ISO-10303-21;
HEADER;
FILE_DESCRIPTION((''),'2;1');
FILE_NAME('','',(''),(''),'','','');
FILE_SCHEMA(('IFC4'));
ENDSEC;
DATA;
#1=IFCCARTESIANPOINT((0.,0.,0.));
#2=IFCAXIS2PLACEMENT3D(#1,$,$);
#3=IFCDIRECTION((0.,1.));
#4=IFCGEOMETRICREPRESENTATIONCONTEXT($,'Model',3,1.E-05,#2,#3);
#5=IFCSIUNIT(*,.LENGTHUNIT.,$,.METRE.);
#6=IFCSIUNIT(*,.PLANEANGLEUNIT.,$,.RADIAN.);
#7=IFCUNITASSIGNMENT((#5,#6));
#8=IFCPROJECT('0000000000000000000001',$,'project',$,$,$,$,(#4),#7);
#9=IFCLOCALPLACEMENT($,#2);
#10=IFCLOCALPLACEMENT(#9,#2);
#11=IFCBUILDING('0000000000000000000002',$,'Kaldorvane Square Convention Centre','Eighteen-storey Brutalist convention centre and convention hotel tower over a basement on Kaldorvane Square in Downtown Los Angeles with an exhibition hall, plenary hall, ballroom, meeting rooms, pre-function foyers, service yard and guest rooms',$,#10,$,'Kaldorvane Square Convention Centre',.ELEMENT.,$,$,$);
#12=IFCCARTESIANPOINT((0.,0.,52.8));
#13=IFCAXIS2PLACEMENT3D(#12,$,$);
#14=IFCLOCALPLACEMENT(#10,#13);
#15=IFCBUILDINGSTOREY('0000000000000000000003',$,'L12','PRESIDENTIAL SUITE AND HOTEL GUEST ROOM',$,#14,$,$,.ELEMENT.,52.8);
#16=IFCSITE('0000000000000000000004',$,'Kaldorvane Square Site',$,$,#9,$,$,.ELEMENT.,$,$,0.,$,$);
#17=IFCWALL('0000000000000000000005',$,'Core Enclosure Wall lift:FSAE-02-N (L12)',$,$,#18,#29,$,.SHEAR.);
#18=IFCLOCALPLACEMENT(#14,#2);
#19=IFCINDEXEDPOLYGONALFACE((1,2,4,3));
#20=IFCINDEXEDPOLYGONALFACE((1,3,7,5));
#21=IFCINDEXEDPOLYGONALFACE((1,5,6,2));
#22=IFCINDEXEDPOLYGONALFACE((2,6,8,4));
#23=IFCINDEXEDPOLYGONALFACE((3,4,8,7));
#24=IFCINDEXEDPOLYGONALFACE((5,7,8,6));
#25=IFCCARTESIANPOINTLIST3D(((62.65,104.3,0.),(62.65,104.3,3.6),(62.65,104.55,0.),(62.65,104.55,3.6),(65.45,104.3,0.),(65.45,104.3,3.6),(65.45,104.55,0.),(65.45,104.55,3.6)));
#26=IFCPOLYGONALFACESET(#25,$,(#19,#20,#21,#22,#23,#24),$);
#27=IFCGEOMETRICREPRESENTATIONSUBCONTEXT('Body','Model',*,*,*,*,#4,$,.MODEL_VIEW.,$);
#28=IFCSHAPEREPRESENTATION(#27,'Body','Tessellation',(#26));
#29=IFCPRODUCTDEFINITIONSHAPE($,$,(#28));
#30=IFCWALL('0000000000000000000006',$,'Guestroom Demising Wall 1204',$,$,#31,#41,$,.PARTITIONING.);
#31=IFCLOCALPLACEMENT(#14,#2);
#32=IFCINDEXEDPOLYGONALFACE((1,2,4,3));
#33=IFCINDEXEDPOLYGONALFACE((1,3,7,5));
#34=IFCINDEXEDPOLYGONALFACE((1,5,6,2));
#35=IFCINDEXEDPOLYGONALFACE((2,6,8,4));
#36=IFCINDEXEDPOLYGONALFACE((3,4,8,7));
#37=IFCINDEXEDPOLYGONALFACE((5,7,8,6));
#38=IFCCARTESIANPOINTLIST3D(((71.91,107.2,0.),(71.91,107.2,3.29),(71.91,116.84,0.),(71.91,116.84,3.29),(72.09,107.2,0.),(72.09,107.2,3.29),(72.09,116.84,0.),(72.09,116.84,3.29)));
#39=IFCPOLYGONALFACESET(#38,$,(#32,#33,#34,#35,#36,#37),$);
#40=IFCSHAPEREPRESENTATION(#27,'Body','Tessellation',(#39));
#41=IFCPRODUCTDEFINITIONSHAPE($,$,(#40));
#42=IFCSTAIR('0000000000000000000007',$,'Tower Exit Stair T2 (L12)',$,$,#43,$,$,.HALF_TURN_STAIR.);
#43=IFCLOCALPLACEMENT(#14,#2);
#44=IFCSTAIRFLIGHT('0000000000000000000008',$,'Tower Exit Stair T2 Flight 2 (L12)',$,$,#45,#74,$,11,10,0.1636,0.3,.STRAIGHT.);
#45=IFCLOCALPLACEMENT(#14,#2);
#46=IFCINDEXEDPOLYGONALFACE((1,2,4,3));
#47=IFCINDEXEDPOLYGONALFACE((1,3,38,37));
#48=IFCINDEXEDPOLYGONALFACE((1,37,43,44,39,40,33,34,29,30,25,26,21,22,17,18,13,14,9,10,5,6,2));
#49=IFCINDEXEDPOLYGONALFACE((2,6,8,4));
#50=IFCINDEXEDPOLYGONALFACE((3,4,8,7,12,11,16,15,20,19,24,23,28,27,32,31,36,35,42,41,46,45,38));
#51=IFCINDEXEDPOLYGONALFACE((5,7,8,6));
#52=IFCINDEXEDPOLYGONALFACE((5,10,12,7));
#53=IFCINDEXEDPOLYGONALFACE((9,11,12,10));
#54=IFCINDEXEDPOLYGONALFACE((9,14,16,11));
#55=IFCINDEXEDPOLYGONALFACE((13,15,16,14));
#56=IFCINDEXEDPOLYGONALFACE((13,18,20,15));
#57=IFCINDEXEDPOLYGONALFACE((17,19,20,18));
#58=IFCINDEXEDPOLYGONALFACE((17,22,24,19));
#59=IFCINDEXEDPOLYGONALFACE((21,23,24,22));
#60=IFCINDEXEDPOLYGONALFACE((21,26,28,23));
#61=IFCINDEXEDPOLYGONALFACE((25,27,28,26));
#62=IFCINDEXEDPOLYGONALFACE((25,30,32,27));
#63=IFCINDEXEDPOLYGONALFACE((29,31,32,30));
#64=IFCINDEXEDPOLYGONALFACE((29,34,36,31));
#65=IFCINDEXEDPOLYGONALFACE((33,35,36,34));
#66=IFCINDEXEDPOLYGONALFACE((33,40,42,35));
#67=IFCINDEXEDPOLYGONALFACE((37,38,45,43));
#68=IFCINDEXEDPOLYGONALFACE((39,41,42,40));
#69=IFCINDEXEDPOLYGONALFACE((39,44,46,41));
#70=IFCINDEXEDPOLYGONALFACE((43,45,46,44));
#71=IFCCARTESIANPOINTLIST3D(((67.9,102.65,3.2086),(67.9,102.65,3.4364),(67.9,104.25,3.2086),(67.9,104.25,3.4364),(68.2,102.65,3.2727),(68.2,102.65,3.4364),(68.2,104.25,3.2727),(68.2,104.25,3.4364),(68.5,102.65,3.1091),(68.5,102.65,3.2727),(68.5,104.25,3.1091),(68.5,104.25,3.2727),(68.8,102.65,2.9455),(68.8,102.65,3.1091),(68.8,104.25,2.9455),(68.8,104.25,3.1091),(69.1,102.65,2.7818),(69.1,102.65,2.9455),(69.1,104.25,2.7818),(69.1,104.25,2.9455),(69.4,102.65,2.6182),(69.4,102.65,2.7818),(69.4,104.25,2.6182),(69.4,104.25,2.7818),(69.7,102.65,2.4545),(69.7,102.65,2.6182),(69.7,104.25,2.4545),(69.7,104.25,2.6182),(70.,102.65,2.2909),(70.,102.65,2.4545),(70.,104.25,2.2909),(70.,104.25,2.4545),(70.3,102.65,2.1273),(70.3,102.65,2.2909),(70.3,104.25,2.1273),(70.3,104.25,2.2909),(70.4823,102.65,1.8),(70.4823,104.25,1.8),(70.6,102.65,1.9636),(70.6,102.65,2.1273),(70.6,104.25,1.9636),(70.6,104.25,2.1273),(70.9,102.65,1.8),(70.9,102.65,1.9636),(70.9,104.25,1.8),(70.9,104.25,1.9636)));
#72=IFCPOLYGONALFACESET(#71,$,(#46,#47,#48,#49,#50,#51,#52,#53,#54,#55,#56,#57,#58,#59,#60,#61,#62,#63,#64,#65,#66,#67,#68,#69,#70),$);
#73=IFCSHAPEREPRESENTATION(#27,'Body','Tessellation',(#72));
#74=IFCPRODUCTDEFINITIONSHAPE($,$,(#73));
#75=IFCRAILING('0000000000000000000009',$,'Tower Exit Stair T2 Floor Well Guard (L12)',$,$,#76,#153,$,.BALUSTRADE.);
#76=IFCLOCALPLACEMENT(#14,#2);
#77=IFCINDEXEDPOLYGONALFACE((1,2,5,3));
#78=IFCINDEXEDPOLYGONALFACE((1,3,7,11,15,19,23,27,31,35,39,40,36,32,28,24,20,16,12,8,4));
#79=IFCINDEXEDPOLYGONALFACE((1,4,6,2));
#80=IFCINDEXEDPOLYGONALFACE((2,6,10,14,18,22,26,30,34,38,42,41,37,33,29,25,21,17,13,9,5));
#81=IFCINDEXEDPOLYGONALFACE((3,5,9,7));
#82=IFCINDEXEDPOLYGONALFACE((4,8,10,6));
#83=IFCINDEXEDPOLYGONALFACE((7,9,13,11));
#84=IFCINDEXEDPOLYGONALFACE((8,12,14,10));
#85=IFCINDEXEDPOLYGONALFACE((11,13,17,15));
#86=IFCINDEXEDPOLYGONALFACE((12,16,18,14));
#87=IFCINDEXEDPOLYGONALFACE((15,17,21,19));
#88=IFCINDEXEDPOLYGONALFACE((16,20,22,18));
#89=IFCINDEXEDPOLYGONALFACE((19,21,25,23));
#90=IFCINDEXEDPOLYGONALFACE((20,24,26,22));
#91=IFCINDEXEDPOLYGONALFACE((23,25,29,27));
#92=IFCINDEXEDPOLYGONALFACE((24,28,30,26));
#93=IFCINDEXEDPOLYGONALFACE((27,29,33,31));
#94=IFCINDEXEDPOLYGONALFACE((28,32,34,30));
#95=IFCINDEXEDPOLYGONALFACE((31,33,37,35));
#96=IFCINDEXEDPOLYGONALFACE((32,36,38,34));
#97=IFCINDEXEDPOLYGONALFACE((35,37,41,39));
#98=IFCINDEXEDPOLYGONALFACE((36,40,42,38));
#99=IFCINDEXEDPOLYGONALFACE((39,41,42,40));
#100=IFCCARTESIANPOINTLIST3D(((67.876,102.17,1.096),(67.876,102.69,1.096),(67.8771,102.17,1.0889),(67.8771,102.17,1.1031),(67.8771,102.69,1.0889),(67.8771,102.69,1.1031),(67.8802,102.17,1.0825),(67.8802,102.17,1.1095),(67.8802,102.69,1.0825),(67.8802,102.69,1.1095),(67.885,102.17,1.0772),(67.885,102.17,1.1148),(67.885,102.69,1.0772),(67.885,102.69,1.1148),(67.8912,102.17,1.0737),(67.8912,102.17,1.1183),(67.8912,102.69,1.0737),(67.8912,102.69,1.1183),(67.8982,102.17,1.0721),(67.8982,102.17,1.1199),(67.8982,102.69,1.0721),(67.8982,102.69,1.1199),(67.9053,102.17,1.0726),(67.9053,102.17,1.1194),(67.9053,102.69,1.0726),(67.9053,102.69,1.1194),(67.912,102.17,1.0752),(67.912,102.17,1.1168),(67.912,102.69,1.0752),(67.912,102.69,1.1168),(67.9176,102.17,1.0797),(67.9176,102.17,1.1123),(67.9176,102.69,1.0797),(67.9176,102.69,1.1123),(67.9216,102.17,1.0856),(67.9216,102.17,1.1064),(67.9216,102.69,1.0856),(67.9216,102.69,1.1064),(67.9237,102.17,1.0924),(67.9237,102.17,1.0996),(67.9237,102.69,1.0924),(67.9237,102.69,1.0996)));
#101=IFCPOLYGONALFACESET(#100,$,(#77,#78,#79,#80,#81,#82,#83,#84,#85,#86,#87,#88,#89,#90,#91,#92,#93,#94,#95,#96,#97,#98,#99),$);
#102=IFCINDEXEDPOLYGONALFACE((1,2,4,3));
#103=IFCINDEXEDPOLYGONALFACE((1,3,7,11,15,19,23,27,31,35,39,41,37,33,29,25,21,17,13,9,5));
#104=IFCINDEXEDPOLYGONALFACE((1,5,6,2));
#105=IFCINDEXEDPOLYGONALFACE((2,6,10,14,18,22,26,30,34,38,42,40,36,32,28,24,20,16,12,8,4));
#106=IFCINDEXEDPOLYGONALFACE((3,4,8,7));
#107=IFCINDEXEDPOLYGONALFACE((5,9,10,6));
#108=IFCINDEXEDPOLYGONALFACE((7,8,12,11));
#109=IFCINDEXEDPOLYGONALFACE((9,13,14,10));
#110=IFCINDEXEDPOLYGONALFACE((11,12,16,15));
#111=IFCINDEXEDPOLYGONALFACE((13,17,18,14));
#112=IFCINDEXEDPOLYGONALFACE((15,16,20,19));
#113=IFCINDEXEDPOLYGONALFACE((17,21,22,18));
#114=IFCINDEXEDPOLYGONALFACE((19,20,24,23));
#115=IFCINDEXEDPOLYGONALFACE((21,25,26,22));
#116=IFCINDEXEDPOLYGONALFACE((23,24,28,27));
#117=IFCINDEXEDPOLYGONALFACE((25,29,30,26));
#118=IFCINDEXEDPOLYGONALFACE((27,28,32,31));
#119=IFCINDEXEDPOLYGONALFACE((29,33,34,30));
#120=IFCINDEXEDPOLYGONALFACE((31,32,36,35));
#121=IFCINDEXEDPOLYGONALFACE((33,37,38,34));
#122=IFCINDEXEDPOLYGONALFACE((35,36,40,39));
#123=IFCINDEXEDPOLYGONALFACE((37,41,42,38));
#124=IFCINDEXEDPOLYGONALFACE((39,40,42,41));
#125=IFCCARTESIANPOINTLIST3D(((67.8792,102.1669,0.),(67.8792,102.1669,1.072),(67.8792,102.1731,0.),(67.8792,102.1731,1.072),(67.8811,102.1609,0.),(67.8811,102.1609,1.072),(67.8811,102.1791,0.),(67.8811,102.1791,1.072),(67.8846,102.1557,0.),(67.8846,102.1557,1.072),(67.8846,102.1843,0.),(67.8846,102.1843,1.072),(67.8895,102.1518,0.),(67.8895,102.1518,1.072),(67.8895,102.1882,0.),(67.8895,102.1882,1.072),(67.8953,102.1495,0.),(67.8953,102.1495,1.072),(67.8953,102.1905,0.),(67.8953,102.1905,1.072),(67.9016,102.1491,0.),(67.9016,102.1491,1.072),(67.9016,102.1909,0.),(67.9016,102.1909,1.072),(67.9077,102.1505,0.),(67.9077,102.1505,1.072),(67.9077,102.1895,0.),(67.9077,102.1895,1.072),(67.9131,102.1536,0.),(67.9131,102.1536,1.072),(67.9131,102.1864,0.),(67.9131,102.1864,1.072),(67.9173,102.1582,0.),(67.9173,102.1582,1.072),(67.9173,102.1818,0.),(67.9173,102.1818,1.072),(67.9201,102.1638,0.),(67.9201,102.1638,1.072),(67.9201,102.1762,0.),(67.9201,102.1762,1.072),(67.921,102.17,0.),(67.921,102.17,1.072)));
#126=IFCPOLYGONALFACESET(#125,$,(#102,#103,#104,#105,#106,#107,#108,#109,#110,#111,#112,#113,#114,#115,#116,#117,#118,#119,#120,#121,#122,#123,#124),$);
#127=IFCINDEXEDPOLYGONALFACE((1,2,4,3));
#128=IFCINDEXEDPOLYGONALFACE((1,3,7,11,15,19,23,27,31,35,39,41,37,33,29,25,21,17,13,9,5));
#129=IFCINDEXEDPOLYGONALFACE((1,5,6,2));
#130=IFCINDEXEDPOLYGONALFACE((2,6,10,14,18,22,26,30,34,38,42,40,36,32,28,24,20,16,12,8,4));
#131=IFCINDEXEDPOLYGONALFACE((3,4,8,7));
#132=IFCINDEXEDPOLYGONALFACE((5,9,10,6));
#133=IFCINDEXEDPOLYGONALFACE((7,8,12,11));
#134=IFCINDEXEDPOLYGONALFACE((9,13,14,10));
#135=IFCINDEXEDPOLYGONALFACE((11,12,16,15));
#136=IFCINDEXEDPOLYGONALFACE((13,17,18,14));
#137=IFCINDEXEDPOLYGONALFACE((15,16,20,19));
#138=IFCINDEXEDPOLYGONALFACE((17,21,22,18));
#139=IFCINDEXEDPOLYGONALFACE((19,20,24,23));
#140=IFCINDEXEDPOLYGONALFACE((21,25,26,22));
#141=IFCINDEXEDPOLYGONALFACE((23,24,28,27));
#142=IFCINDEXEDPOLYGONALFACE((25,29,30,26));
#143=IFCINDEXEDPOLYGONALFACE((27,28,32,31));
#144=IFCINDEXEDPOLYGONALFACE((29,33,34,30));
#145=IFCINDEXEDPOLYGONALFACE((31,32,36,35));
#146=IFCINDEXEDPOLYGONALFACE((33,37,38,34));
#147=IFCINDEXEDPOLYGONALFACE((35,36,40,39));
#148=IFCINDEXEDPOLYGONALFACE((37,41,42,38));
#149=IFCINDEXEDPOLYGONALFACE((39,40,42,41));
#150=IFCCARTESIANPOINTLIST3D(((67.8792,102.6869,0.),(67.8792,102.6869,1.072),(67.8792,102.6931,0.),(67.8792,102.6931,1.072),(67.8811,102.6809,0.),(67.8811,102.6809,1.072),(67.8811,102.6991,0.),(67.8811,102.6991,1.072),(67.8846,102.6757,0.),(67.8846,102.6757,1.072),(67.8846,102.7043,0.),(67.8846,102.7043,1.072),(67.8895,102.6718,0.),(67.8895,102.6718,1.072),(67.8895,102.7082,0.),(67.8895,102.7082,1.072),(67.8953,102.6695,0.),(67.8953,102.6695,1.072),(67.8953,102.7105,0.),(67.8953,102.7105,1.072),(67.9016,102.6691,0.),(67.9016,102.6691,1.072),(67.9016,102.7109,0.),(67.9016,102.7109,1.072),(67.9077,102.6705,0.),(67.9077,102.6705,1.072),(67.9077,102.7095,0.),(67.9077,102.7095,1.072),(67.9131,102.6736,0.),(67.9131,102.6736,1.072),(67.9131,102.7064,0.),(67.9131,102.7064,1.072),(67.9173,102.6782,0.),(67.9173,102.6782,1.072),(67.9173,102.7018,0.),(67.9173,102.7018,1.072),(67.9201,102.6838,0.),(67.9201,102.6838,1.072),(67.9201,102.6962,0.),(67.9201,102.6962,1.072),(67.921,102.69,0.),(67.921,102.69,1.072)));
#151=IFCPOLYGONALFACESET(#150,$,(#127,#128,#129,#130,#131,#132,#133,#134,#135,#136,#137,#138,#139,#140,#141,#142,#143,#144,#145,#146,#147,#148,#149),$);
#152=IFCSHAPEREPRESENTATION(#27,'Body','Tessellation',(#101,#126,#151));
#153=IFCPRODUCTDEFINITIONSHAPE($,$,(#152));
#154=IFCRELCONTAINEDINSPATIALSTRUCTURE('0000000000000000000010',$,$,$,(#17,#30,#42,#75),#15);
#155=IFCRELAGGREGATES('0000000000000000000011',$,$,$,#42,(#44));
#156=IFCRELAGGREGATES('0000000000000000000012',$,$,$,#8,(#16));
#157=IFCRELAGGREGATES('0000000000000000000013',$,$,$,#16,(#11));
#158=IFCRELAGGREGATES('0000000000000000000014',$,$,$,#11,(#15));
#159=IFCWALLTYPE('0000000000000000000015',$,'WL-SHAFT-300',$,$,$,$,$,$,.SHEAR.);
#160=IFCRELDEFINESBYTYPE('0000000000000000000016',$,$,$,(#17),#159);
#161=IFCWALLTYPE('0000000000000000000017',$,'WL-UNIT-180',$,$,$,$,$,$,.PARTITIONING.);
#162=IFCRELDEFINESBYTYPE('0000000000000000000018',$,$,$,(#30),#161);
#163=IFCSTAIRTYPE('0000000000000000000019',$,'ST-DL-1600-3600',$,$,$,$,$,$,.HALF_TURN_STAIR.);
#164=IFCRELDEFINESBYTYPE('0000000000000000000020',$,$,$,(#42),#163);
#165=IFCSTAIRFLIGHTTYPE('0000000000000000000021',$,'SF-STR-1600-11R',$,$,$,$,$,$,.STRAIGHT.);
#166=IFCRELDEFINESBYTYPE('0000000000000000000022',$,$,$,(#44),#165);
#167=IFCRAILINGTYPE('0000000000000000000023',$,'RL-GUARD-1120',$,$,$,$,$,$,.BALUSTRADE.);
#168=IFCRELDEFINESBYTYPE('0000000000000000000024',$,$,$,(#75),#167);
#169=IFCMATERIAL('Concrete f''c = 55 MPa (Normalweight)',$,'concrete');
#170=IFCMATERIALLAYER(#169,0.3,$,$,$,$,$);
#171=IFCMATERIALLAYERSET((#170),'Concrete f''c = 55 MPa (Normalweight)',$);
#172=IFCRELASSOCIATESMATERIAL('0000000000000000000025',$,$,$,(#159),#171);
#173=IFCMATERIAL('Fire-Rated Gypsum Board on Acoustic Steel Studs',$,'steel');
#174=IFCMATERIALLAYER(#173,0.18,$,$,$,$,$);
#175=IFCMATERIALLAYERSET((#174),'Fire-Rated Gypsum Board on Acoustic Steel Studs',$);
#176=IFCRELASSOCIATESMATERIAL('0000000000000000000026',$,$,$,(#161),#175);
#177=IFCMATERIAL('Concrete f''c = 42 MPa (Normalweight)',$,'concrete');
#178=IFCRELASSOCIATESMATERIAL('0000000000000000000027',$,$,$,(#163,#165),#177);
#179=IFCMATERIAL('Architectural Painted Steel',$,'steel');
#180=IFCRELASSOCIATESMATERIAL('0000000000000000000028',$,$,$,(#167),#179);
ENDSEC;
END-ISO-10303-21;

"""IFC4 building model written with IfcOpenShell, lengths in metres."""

from ifc_helpers import new_model, si_unit, direction, frame, frame_2d, origin, origin_2d, place, context, subcontext, project, spatial, polyline, rectangle, circle, outline, extrude, material, layer, layer_set, type_object, element, aggregate, save


model = new_model("IFC4")

# Units and contexts
model_context = context("Model", 3, precision=1e-05, world=origin(), true_north=direction((0.0, 1.0)))
body_context = subcontext(model_context, "Body", "Model", "MODEL_VIEW")
ifc_project = project(units=[si_unit("LENGTHUNIT", "METRE"), si_unit("PLANEANGLEUNIT", "RADIAN")], contexts=[model_context])

# Site, building, storey
site_placement = place(None, origin())
site = spatial("IfcSite", under=ifc_project, at=site_placement, Name="Kaldorvane Square Site", CompositionType="ELEMENT", RefElevation=0.0)
building_placement = place(site_placement, origin())
building = spatial("IfcBuilding", under=site, at=building_placement, Name="Kaldorvane Square Convention Centre", Description="Eighteen-storey Brutalist convention centre and convention hotel tower over a basement on Kaldorvane Square in Downtown Los Angeles with an exhibition hall, plenary hall, ballroom, meeting rooms, pre-function foyers, service yard and guest rooms", LongName="Kaldorvane Square Convention Centre", CompositionType="ELEMENT")
storey_placement = place(building_placement, frame((0.0, 0.0, 52.8)))
storey = spatial("IfcBuildingStorey", under=building, at=storey_placement, Name="L12", Description="PRESIDENTIAL SUITE AND HOTEL GUEST ROOM", CompositionType="ELEMENT", Elevation=52.8)

# Shared definitions
ifc_material_1 = material(Name="Concrete f'c = 42 MPa (Normalweight)", Category="concrete")

# Shared definitions
ifc_material_2 = material(Name="Fire-Rated Gypsum Board on Acoustic Steel Studs", Category="steel")

# Walls
ifc_material_3 = material(Name="Concrete f'c = 55 MPa (Normalweight)", Category="concrete")
ifc_layer_1 = layer(ifc_material_3, 0.3)
ifc_layer_set_1 = layer_set([ifc_layer_1], Name="Concrete f'c = 55 MPa (Normalweight)")
wall_type_1 = type_object("IfcWallType", Name="WL-SHAFT-300", PredefinedType="SHEAR", material=ifc_layer_set_1)
wall_1_placement = place(storey_placement, frame((65.45, 104.425, 0.0), z_axis=(0.0, 0.0, 1.0), x_axis=(-1.0, 0.0, 0.0)))
element("IfcWall", 1, at=wall_1_placement, inside=storey, type_object=wall_type_1, Name="Core Enclosure Wall lift:FSAE-02-N (L12)", PredefinedType="SHEAR", context=body_context, shape_type="SweptSolid", body=[
    extrude(rectangle(XDim=2.8, YDim=0.25, at=frame_2d((1.4, 0.0))), origin(), (0.0, 0.0, 1.0), 3.6),
])
ifc_layer_2 = layer(ifc_material_2, 0.18)
ifc_layer_set_2 = layer_set([ifc_layer_2], Name="Fire-Rated Gypsum Board on Acoustic Steel Studs")
wall_type_2 = type_object("IfcWallType", Name="WL-UNIT-180", PredefinedType="PARTITIONING", material=ifc_layer_set_2)
wall_2_placement = place(storey_placement, frame((72.0, 107.2, 0.0), z_axis=(0.0, 0.0, 1.0), x_axis=(0.0, 1.0, 0.0)))
element("IfcWall", 2, at=wall_2_placement, inside=storey, type_object=wall_type_2, Name="Guestroom Demising Wall 1204", PredefinedType="PARTITIONING", context=body_context, shape_type="SweptSolid", body=[
    extrude(rectangle(XDim=9.64, YDim=0.18, at=frame_2d((4.82, 0.0))), origin(), (0.0, 0.0, 1.0), 3.29),
])

# Stair, stair flight
stair_type = type_object("IfcStairType", Name="ST-DL-1600-3600", PredefinedType="HALF_TURN_STAIR", material=ifc_material_1)
stair_placement = place(storey_placement, origin())
stair = element("IfcStair", 3, at=stair_placement, inside=storey, type_object=stair_type, Name="Tower Exit Stair T2 (L12)", PredefinedType="HALF_TURN_STAIR")
stair_flight_type = type_object("IfcStairFlightType", Name="SF-STR-1600-11R", PredefinedType="STRAIGHT", material=ifc_material_1)
stair_flight_placement = place(storey_placement, frame((70.9, 103.45, 1.8), z_axis=(0.0, 0.0, 1.0), x_axis=(-1.0, 0.0, 0.0)))
stair_flight = element("IfcStairFlight", 4, at=stair_flight_placement, type_object=stair_flight_type, Name="Tower Exit Stair T2 Flight 2 (L12)", NumberOfRisers=11, NumberOfTreads=10, PredefinedType="STRAIGHT", RiserHeight=0.1636, TreadLength=0.3, context=body_context, shape_type="SweptSolid", body=[
    extrude(outline(polyline([(0.0, 0.0), (0.0, 0.1636), (0.3, 0.1636), (0.3, 0.3273), (0.6, 0.3273), (0.6, 0.4909), (0.9, 0.4909), (0.9, 0.6545), (1.2, 0.6545), (1.2, 0.8182), (1.5, 0.8182), (1.5, 0.9818), (1.8, 0.9818), (1.8, 1.1455), (2.1, 1.1455), (2.1, 1.3091), (2.4, 1.3091), (2.4, 1.4727), (2.7, 1.4727), (2.7, 1.6364), (3.0, 1.6364), (3.0, 1.8), (3.0, 1.4086), (0.4177, 0.0), (0.0, 0.0)])), frame((0.0, 0.8, 0.0), z_axis=(0.0, -1.0, 0.0), x_axis=(1.0, 0.0, 0.0)), (0.0, 0.0, 1.0), 1.6),
])
aggregate(stair, [stair_flight])

# Railing
ifc_material_4 = material(Name="Architectural Painted Steel", Category="steel")
railing_type_1 = type_object("IfcRailingType", Name="RL-GUARD-1120", PredefinedType="BALUSTRADE", material=ifc_material_4)
for number, where, name in (
    (5, (67.9, 102.17, 0.0), "Tower Exit Stair T2 Floor Well Guard (L12)"),
):
    element("IfcRailing", number, at=place(storey_placement, frame(where)), inside=storey, type_object=railing_type_1, Name=name, PredefinedType="BALUSTRADE", context=body_context, shape_type="SweptSolid", body=[
        extrude(circle(Radius=0.024, at=origin_2d()), frame((0.0, 0.0, 1.096), z_axis=(0.0, 1.0, 0.0), x_axis=(-1.0, 0.0, 0.0)), (0.0, 0.0, 1.0), 0.52),
        extrude(circle(Radius=0.021, at=origin_2d()), origin(), (0.0, 0.0, 1.0), 1.072),
        extrude(circle(Radius=0.021, at=origin_2d()), frame((0.0, 0.52, 0.0)), (0.0, 0.0, 1.0), 1.072),
    ])

save(model, "model.ifc")
